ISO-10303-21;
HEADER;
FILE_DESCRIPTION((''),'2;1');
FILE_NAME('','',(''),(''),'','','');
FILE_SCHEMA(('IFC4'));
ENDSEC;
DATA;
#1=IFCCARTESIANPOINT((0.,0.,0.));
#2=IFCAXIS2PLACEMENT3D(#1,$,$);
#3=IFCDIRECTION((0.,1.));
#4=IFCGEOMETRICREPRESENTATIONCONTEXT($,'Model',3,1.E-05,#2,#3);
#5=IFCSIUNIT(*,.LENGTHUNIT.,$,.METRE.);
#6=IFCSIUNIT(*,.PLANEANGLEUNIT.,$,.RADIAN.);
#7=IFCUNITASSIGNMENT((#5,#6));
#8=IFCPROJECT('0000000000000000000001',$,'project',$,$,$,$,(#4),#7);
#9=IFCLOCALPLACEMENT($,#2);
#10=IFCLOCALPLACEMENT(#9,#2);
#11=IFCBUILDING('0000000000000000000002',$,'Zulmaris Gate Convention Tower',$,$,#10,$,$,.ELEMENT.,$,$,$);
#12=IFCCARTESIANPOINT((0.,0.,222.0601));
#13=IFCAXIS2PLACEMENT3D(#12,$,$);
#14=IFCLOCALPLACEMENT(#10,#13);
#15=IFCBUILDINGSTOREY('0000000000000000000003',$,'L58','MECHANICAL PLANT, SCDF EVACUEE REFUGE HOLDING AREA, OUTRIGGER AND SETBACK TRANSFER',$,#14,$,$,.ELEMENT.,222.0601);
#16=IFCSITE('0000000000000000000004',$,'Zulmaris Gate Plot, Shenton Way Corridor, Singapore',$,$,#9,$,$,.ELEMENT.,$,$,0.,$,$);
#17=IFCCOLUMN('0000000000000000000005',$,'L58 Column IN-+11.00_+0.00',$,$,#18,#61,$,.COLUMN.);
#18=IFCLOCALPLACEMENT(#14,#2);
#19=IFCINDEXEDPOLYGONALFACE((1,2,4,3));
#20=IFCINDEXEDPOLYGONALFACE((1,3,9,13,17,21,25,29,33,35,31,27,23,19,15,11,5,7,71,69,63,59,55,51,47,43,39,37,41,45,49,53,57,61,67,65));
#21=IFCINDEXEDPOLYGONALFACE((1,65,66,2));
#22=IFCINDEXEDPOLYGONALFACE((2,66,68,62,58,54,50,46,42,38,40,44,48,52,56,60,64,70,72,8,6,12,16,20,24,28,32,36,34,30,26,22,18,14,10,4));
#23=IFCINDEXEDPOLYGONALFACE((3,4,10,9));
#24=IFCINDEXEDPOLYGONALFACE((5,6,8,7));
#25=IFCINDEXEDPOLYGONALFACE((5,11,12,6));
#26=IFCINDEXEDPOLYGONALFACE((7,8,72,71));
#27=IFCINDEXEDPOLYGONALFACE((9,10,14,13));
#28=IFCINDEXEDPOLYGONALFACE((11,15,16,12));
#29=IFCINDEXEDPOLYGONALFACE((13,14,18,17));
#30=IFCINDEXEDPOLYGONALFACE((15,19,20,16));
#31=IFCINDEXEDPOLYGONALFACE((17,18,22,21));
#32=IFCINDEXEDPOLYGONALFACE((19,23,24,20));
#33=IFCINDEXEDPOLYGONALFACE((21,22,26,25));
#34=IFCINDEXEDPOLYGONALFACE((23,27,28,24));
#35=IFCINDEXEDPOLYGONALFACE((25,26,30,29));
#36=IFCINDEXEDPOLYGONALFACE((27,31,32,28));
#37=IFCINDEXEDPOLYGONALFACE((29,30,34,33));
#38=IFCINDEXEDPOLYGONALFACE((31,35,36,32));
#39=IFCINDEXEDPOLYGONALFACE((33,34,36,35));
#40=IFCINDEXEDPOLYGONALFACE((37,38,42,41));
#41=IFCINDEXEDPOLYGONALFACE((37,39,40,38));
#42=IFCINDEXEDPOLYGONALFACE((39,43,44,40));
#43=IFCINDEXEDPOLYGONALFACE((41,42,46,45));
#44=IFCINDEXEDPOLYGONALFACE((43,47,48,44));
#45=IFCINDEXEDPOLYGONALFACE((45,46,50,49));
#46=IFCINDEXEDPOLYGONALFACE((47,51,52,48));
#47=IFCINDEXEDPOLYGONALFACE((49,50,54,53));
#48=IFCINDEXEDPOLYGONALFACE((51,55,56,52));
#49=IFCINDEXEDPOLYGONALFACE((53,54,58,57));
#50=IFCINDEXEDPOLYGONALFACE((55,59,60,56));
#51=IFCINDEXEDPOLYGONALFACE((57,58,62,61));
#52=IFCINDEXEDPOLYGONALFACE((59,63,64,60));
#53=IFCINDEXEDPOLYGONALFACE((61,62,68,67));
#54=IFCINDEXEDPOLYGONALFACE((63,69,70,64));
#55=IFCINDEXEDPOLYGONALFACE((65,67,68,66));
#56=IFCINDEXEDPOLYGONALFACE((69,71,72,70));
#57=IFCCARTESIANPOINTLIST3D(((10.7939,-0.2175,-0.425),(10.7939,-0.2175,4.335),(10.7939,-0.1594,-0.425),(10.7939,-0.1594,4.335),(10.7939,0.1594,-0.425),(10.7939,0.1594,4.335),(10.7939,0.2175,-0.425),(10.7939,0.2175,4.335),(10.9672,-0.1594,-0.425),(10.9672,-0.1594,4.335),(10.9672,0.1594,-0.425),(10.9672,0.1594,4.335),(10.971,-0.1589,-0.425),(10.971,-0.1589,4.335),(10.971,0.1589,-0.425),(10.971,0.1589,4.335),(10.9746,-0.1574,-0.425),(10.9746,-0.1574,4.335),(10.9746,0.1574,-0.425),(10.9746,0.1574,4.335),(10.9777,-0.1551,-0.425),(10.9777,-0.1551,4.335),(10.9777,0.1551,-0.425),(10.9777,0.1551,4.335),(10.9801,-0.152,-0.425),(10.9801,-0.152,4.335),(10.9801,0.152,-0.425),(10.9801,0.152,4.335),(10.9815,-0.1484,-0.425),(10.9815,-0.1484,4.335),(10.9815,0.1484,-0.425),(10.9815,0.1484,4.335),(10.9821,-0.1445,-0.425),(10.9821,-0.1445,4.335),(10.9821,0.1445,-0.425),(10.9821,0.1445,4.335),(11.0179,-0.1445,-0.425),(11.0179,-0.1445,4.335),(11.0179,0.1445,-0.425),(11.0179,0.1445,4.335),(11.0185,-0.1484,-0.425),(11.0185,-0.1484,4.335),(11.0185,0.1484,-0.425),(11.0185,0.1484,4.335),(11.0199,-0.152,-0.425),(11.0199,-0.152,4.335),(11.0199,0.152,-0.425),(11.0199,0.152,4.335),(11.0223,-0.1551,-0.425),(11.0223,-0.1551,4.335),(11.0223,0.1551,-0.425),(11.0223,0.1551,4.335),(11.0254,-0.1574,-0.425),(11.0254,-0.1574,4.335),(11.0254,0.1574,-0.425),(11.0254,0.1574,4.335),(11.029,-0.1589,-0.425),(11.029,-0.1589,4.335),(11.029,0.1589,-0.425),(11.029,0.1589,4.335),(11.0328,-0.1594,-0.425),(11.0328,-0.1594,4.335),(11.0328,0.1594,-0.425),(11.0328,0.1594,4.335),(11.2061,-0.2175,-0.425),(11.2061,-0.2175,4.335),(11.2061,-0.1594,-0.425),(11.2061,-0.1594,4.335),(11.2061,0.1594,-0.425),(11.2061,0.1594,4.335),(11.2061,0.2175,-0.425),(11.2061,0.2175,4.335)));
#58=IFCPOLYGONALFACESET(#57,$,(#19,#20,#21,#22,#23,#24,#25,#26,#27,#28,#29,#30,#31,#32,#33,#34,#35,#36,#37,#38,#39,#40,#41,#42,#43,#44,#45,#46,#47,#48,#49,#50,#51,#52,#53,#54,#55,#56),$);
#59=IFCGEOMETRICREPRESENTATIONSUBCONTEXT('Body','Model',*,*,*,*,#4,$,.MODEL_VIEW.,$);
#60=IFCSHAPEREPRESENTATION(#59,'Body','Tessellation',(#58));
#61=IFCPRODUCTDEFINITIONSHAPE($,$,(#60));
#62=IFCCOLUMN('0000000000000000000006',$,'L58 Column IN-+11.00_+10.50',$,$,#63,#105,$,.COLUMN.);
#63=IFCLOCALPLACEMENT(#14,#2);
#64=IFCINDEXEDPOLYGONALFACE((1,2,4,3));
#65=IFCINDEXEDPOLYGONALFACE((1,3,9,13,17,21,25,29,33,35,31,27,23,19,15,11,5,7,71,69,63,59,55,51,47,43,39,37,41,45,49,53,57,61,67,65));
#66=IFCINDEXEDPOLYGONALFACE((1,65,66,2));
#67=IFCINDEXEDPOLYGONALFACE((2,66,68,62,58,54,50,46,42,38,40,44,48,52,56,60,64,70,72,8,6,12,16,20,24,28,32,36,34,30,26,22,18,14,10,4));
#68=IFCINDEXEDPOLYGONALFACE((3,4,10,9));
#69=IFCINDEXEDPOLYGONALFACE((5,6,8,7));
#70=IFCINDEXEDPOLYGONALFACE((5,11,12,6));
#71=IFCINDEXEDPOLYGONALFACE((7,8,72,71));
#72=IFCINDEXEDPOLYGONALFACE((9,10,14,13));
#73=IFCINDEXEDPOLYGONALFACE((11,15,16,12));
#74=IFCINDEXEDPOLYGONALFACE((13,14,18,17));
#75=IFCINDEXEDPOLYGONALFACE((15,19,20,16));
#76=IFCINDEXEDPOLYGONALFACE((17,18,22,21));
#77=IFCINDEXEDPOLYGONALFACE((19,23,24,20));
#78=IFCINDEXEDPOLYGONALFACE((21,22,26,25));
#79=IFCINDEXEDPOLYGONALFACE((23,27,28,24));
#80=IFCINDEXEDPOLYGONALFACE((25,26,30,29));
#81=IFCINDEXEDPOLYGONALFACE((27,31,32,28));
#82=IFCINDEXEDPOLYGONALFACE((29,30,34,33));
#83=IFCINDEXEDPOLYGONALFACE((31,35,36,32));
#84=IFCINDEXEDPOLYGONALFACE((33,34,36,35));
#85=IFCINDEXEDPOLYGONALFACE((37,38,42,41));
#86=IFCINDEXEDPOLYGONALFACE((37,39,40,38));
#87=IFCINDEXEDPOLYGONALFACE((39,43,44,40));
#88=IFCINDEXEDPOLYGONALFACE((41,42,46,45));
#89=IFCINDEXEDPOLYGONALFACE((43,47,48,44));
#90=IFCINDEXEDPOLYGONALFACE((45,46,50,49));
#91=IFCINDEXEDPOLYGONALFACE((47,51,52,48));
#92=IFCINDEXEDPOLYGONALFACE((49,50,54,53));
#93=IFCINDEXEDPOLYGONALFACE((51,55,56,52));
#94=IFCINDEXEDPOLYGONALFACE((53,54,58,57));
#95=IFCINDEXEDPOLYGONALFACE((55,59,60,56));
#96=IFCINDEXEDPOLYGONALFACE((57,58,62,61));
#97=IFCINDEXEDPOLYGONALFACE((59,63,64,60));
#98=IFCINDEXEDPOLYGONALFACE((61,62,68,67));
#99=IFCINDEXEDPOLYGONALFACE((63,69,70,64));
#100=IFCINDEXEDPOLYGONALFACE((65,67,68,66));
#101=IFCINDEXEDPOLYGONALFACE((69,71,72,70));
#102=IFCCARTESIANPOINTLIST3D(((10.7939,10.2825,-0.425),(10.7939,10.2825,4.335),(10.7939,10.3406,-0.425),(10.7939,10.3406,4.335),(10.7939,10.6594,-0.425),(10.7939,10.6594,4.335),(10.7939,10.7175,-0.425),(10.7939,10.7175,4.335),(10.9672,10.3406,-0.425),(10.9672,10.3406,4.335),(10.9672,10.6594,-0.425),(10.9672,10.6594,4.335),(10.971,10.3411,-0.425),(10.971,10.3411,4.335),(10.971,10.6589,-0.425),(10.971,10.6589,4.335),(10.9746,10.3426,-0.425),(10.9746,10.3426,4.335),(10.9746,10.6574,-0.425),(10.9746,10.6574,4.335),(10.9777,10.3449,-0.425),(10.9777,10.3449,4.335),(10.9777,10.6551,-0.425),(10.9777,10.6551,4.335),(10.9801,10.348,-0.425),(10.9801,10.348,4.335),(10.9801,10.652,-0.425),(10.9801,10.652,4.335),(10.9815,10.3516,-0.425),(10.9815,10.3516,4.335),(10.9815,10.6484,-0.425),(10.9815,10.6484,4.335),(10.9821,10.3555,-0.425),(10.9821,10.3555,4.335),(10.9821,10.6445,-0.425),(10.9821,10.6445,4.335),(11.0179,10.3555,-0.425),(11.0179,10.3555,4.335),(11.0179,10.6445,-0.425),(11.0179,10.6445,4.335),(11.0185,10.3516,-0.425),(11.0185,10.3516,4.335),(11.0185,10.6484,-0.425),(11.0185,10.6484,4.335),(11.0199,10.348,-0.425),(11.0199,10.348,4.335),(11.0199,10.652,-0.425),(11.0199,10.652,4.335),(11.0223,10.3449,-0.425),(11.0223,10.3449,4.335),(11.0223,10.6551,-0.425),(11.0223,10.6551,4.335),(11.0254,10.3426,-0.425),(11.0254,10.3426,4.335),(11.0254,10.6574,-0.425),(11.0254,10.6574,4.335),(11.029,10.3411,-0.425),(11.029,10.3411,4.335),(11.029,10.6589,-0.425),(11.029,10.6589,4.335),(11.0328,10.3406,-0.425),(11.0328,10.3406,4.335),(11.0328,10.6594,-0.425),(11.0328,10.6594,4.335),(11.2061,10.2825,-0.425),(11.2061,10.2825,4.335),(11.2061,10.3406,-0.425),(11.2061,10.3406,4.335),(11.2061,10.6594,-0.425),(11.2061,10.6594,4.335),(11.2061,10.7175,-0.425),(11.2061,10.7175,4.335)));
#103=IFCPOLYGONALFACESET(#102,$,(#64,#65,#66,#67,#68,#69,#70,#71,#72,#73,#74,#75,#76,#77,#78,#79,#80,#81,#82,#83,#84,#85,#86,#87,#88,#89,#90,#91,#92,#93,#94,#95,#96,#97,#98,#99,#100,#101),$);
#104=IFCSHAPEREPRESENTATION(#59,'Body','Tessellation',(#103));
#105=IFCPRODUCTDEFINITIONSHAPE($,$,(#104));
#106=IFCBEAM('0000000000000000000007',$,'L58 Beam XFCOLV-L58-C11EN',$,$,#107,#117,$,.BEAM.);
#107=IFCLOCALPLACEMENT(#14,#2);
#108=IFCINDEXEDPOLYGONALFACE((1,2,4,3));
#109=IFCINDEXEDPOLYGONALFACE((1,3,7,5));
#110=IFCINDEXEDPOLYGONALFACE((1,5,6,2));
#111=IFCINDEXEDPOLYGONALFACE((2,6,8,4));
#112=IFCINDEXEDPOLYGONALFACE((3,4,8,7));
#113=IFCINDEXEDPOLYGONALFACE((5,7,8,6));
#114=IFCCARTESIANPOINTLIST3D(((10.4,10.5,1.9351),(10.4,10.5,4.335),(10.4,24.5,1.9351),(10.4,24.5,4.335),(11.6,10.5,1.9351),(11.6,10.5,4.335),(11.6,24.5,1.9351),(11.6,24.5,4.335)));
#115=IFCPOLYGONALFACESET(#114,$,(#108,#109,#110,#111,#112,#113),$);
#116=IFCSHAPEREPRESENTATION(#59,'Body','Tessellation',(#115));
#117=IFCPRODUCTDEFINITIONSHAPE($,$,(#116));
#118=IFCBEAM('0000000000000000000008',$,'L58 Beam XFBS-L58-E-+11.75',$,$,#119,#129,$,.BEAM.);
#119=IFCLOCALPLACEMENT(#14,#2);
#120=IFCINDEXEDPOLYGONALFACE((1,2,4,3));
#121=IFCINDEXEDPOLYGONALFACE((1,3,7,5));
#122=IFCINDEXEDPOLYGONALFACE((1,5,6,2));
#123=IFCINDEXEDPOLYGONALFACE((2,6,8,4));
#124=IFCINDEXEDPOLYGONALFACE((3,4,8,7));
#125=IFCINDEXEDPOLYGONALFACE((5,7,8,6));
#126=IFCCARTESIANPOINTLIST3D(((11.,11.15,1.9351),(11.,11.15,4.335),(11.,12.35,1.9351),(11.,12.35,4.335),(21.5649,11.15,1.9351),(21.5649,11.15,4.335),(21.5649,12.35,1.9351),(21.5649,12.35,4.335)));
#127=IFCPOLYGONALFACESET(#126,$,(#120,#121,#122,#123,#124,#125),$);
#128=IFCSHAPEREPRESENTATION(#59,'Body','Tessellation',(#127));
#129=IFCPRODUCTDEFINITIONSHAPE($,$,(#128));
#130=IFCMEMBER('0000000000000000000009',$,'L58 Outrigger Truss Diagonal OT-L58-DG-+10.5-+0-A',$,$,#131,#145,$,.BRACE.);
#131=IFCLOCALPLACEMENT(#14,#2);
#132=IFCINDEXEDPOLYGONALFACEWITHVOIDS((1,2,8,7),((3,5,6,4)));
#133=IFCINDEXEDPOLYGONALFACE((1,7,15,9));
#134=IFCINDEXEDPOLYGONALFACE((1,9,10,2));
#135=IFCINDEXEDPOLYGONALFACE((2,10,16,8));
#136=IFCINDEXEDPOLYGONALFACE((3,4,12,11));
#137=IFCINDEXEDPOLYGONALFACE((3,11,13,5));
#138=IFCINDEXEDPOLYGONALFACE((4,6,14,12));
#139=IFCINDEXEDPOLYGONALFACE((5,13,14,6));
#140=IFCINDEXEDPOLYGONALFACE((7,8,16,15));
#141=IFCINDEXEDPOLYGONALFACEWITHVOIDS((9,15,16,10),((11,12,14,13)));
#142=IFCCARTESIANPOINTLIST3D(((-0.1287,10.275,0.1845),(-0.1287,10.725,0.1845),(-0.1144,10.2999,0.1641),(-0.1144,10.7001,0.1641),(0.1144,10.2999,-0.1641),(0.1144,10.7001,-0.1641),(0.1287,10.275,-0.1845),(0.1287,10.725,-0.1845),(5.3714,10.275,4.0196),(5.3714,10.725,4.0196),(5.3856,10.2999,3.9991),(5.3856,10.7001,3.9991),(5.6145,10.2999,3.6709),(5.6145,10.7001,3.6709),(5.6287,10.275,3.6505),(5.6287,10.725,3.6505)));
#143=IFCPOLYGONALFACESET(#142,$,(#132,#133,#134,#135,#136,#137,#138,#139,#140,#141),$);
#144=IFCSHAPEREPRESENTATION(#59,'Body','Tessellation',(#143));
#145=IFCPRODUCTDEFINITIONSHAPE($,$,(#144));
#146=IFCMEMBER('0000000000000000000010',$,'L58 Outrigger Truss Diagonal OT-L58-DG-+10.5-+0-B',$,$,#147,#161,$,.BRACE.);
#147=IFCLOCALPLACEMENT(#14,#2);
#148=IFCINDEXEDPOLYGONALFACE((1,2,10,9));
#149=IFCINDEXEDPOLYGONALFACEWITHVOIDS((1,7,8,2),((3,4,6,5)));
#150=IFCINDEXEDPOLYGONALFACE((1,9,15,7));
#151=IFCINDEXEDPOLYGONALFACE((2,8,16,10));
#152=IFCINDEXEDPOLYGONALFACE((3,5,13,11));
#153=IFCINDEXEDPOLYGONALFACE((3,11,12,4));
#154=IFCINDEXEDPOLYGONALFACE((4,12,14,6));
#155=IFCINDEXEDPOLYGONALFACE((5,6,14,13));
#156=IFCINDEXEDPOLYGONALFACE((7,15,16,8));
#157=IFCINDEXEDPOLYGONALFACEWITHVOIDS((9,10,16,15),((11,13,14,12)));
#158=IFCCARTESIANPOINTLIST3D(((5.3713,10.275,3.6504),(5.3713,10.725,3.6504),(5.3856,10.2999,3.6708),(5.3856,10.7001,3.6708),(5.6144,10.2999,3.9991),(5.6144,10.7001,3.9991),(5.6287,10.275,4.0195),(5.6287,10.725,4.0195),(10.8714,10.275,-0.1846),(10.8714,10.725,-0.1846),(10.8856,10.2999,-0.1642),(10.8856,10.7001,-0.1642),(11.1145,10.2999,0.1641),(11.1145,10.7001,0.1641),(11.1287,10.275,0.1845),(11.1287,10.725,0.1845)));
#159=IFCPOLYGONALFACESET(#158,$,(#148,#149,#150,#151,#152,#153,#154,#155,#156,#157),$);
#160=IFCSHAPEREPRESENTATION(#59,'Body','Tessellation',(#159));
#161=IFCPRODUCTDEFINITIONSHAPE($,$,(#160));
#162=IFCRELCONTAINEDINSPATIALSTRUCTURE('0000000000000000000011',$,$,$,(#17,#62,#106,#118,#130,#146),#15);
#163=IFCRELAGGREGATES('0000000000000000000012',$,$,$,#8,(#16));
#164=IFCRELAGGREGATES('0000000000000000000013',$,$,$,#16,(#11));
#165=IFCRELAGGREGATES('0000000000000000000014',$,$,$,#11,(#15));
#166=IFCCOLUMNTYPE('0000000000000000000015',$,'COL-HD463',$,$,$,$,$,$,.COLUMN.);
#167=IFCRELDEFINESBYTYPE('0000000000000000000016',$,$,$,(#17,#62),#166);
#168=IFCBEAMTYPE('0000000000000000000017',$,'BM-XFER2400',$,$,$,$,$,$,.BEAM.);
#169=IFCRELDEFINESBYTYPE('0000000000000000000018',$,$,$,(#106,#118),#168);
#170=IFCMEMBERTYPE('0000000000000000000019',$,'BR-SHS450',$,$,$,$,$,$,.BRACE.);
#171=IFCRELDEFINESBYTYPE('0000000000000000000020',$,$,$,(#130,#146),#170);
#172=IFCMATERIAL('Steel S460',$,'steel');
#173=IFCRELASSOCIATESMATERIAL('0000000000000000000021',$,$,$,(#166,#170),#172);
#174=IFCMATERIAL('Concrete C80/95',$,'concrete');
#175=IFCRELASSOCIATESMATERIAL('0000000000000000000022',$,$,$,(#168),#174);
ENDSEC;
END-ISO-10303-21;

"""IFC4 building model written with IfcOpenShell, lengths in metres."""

from ifc_helpers import new_model, si_unit, direction, frame, origin, origin_2d, place, context, subcontext, project, spatial, rectangle, hollow_rectangle, i_section, extrude, material, material_profile, profile_set, type_object, element, save


model = new_model("IFC4")

# Units and contexts
model_context = context("Model", 3, precision=1e-05, world=origin(), true_north=direction((0.0, 1.0)))
body_context = subcontext(model_context, "Body", "Model", "MODEL_VIEW")
ifc_project = project(units=[si_unit("LENGTHUNIT", "METRE"), si_unit("PLANEANGLEUNIT", "RADIAN")], contexts=[model_context])

# Site, building, storey
site_placement = place(None, origin())
site = spatial("IfcSite", under=ifc_project, at=site_placement, Name="Zulmaris Gate Plot, Shenton Way Corridor, Singapore", CompositionType="ELEMENT", RefElevation=0.0)
building_placement = place(site_placement, origin())
building = spatial("IfcBuilding", under=site, at=building_placement, Name="Zulmaris Gate Convention Tower", CompositionType="ELEMENT")
storey_placement = place(building_placement, frame((0.0, 0.0, 222.0601)))
storey = spatial("IfcBuildingStorey", under=building, at=storey_placement, Name="L58", Description="MECHANICAL PLANT, SCDF EVACUEE REFUGE HOLDING AREA, OUTRIGGER AND SETBACK TRANSFER", CompositionType="ELEMENT", Elevation=222.0601)

# Columns
ifc_material_1 = material(Name="Steel S460", Category="steel")
ifc_material_profile_1 = material_profile(ifc_material_1, i_section(OverallWidth=0.4121, OverallDepth=0.4351, WebThickness=0.0359, FlangeThickness=0.0581, FilletRadius=0.0149, at=origin_2d()), Name="HD 400x463")
ifc_profile_set_1 = profile_set([ifc_material_profile_1], Name="Steel S460")
column_type = type_object("IfcColumnType", Name="COL-HD463", PredefinedType="COLUMN", material=ifc_profile_set_1)
for number, where, z_axis, x_axis, name in (
    (1, (11.0, 0.0, -0.425), (0.0, 0.0, 1.0), (1.0, 0.0, 0.0), "L58 Column IN-+11.00_+0.00"),
    (2, (11.0, 10.5, -0.425), (0.0, 0.0, 1.0), (1.0, 0.0, 0.0), "L58 Column IN-+11.00_+10.50"),
):
    element("IfcColumn", number, at=place(storey_placement, frame(where, z_axis=z_axis, x_axis=x_axis)), inside=storey, type_object=column_type, Name=name, PredefinedType="COLUMN", context=body_context, shape_type="SweptSolid", body=[
        extrude(i_section(OverallWidth=0.4121, OverallDepth=0.4351, WebThickness=0.0359, FlangeThickness=0.0581, FilletRadius=0.0149, at=origin_2d()), origin(), (0.0, 0.0, 1.0), 4.76),
    ])

# Beams
ifc_material_2 = material(Name="Concrete C80/95", Category="concrete")
ifc_material_profile_2 = material_profile(ifc_material_2, rectangle(XDim=1.2, YDim=2.3999, at=origin_2d()), Name="RC TRANSFER 1200x2400")
ifc_profile_set_2 = profile_set([ifc_material_profile_2], Name="Concrete C80/95")
beam_type = type_object("IfcBeamType", Name="BM-XFER2400", PredefinedType="BEAM", material=ifc_profile_set_2)
beam_1_placement = place(storey_placement, frame((11.0, 10.5, 3.135), z_axis=(0.0, 1.0, 0.0), x_axis=(-1.0, 0.0, 0.0)))
element("IfcBeam", 3, at=beam_1_placement, inside=storey, type_object=beam_type, Name="L58 Beam XFCOLV-L58-C11EN", PredefinedType="BEAM", context=body_context, shape_type="SweptSolid", body=[
    extrude(rectangle(XDim=1.2, YDim=2.3999, at=origin_2d()), origin(), (0.0, 0.0, 1.0), 14.0),
])
beam_2_placement = place(storey_placement, frame((11.0, 11.75, 3.135), z_axis=(1.0, 0.0, 0.0), x_axis=(0.0, 1.0, 0.0)))
element("IfcBeam", 4, at=beam_2_placement, inside=storey, type_object=beam_type, Name="L58 Beam XFBS-L58-E-+11.75", PredefinedType="BEAM", context=body_context, shape_type="SweptSolid", body=[
    extrude(rectangle(XDim=1.2, YDim=2.3999, at=origin_2d()), origin(), (0.0, 0.0, 1.0), 10.5649),
])

# Members
ifc_material_profile_3 = material_profile(ifc_material_1, hollow_rectangle(XDim=0.45, YDim=0.45, WallThickness=0.0249, at=origin_2d()), Name="SHS 450x450x25")
ifc_profile_set_3 = profile_set([ifc_material_profile_3], Name="Steel S460")
member_type_1 = type_object("IfcMemberType", Name="BR-SHS450", PredefinedType="BRACE", material=ifc_profile_set_3)
for number, where, z_axis, x_axis, name in (
    (5, (0.0, 10.5, 0.0), (0.820284, 0.0, 0.571956), (0.0, 1.0, 0.0), "L58 Outrigger Truss Diagonal OT-L58-DG-+10.5-+0-A"),
    (6, (5.5, 10.5, 3.835), (0.820284, 0.0, -0.571956), (0.0, 1.0, 0.0), "L58 Outrigger Truss Diagonal OT-L58-DG-+10.5-+0-B"),
):
    element("IfcMember", number, at=place(storey_placement, frame(where, z_axis=z_axis, x_axis=x_axis)), inside=storey, type_object=member_type_1, Name=name, PredefinedType="BRACE", context=body_context, shape_type="SweptSolid", body=[
        extrude(hollow_rectangle(XDim=0.45, YDim=0.45, WallThickness=0.0249, at=origin_2d()), origin(), (0.0, 0.0, 1.0), 6.7051),
    ])

save(model, "model.ifc")
